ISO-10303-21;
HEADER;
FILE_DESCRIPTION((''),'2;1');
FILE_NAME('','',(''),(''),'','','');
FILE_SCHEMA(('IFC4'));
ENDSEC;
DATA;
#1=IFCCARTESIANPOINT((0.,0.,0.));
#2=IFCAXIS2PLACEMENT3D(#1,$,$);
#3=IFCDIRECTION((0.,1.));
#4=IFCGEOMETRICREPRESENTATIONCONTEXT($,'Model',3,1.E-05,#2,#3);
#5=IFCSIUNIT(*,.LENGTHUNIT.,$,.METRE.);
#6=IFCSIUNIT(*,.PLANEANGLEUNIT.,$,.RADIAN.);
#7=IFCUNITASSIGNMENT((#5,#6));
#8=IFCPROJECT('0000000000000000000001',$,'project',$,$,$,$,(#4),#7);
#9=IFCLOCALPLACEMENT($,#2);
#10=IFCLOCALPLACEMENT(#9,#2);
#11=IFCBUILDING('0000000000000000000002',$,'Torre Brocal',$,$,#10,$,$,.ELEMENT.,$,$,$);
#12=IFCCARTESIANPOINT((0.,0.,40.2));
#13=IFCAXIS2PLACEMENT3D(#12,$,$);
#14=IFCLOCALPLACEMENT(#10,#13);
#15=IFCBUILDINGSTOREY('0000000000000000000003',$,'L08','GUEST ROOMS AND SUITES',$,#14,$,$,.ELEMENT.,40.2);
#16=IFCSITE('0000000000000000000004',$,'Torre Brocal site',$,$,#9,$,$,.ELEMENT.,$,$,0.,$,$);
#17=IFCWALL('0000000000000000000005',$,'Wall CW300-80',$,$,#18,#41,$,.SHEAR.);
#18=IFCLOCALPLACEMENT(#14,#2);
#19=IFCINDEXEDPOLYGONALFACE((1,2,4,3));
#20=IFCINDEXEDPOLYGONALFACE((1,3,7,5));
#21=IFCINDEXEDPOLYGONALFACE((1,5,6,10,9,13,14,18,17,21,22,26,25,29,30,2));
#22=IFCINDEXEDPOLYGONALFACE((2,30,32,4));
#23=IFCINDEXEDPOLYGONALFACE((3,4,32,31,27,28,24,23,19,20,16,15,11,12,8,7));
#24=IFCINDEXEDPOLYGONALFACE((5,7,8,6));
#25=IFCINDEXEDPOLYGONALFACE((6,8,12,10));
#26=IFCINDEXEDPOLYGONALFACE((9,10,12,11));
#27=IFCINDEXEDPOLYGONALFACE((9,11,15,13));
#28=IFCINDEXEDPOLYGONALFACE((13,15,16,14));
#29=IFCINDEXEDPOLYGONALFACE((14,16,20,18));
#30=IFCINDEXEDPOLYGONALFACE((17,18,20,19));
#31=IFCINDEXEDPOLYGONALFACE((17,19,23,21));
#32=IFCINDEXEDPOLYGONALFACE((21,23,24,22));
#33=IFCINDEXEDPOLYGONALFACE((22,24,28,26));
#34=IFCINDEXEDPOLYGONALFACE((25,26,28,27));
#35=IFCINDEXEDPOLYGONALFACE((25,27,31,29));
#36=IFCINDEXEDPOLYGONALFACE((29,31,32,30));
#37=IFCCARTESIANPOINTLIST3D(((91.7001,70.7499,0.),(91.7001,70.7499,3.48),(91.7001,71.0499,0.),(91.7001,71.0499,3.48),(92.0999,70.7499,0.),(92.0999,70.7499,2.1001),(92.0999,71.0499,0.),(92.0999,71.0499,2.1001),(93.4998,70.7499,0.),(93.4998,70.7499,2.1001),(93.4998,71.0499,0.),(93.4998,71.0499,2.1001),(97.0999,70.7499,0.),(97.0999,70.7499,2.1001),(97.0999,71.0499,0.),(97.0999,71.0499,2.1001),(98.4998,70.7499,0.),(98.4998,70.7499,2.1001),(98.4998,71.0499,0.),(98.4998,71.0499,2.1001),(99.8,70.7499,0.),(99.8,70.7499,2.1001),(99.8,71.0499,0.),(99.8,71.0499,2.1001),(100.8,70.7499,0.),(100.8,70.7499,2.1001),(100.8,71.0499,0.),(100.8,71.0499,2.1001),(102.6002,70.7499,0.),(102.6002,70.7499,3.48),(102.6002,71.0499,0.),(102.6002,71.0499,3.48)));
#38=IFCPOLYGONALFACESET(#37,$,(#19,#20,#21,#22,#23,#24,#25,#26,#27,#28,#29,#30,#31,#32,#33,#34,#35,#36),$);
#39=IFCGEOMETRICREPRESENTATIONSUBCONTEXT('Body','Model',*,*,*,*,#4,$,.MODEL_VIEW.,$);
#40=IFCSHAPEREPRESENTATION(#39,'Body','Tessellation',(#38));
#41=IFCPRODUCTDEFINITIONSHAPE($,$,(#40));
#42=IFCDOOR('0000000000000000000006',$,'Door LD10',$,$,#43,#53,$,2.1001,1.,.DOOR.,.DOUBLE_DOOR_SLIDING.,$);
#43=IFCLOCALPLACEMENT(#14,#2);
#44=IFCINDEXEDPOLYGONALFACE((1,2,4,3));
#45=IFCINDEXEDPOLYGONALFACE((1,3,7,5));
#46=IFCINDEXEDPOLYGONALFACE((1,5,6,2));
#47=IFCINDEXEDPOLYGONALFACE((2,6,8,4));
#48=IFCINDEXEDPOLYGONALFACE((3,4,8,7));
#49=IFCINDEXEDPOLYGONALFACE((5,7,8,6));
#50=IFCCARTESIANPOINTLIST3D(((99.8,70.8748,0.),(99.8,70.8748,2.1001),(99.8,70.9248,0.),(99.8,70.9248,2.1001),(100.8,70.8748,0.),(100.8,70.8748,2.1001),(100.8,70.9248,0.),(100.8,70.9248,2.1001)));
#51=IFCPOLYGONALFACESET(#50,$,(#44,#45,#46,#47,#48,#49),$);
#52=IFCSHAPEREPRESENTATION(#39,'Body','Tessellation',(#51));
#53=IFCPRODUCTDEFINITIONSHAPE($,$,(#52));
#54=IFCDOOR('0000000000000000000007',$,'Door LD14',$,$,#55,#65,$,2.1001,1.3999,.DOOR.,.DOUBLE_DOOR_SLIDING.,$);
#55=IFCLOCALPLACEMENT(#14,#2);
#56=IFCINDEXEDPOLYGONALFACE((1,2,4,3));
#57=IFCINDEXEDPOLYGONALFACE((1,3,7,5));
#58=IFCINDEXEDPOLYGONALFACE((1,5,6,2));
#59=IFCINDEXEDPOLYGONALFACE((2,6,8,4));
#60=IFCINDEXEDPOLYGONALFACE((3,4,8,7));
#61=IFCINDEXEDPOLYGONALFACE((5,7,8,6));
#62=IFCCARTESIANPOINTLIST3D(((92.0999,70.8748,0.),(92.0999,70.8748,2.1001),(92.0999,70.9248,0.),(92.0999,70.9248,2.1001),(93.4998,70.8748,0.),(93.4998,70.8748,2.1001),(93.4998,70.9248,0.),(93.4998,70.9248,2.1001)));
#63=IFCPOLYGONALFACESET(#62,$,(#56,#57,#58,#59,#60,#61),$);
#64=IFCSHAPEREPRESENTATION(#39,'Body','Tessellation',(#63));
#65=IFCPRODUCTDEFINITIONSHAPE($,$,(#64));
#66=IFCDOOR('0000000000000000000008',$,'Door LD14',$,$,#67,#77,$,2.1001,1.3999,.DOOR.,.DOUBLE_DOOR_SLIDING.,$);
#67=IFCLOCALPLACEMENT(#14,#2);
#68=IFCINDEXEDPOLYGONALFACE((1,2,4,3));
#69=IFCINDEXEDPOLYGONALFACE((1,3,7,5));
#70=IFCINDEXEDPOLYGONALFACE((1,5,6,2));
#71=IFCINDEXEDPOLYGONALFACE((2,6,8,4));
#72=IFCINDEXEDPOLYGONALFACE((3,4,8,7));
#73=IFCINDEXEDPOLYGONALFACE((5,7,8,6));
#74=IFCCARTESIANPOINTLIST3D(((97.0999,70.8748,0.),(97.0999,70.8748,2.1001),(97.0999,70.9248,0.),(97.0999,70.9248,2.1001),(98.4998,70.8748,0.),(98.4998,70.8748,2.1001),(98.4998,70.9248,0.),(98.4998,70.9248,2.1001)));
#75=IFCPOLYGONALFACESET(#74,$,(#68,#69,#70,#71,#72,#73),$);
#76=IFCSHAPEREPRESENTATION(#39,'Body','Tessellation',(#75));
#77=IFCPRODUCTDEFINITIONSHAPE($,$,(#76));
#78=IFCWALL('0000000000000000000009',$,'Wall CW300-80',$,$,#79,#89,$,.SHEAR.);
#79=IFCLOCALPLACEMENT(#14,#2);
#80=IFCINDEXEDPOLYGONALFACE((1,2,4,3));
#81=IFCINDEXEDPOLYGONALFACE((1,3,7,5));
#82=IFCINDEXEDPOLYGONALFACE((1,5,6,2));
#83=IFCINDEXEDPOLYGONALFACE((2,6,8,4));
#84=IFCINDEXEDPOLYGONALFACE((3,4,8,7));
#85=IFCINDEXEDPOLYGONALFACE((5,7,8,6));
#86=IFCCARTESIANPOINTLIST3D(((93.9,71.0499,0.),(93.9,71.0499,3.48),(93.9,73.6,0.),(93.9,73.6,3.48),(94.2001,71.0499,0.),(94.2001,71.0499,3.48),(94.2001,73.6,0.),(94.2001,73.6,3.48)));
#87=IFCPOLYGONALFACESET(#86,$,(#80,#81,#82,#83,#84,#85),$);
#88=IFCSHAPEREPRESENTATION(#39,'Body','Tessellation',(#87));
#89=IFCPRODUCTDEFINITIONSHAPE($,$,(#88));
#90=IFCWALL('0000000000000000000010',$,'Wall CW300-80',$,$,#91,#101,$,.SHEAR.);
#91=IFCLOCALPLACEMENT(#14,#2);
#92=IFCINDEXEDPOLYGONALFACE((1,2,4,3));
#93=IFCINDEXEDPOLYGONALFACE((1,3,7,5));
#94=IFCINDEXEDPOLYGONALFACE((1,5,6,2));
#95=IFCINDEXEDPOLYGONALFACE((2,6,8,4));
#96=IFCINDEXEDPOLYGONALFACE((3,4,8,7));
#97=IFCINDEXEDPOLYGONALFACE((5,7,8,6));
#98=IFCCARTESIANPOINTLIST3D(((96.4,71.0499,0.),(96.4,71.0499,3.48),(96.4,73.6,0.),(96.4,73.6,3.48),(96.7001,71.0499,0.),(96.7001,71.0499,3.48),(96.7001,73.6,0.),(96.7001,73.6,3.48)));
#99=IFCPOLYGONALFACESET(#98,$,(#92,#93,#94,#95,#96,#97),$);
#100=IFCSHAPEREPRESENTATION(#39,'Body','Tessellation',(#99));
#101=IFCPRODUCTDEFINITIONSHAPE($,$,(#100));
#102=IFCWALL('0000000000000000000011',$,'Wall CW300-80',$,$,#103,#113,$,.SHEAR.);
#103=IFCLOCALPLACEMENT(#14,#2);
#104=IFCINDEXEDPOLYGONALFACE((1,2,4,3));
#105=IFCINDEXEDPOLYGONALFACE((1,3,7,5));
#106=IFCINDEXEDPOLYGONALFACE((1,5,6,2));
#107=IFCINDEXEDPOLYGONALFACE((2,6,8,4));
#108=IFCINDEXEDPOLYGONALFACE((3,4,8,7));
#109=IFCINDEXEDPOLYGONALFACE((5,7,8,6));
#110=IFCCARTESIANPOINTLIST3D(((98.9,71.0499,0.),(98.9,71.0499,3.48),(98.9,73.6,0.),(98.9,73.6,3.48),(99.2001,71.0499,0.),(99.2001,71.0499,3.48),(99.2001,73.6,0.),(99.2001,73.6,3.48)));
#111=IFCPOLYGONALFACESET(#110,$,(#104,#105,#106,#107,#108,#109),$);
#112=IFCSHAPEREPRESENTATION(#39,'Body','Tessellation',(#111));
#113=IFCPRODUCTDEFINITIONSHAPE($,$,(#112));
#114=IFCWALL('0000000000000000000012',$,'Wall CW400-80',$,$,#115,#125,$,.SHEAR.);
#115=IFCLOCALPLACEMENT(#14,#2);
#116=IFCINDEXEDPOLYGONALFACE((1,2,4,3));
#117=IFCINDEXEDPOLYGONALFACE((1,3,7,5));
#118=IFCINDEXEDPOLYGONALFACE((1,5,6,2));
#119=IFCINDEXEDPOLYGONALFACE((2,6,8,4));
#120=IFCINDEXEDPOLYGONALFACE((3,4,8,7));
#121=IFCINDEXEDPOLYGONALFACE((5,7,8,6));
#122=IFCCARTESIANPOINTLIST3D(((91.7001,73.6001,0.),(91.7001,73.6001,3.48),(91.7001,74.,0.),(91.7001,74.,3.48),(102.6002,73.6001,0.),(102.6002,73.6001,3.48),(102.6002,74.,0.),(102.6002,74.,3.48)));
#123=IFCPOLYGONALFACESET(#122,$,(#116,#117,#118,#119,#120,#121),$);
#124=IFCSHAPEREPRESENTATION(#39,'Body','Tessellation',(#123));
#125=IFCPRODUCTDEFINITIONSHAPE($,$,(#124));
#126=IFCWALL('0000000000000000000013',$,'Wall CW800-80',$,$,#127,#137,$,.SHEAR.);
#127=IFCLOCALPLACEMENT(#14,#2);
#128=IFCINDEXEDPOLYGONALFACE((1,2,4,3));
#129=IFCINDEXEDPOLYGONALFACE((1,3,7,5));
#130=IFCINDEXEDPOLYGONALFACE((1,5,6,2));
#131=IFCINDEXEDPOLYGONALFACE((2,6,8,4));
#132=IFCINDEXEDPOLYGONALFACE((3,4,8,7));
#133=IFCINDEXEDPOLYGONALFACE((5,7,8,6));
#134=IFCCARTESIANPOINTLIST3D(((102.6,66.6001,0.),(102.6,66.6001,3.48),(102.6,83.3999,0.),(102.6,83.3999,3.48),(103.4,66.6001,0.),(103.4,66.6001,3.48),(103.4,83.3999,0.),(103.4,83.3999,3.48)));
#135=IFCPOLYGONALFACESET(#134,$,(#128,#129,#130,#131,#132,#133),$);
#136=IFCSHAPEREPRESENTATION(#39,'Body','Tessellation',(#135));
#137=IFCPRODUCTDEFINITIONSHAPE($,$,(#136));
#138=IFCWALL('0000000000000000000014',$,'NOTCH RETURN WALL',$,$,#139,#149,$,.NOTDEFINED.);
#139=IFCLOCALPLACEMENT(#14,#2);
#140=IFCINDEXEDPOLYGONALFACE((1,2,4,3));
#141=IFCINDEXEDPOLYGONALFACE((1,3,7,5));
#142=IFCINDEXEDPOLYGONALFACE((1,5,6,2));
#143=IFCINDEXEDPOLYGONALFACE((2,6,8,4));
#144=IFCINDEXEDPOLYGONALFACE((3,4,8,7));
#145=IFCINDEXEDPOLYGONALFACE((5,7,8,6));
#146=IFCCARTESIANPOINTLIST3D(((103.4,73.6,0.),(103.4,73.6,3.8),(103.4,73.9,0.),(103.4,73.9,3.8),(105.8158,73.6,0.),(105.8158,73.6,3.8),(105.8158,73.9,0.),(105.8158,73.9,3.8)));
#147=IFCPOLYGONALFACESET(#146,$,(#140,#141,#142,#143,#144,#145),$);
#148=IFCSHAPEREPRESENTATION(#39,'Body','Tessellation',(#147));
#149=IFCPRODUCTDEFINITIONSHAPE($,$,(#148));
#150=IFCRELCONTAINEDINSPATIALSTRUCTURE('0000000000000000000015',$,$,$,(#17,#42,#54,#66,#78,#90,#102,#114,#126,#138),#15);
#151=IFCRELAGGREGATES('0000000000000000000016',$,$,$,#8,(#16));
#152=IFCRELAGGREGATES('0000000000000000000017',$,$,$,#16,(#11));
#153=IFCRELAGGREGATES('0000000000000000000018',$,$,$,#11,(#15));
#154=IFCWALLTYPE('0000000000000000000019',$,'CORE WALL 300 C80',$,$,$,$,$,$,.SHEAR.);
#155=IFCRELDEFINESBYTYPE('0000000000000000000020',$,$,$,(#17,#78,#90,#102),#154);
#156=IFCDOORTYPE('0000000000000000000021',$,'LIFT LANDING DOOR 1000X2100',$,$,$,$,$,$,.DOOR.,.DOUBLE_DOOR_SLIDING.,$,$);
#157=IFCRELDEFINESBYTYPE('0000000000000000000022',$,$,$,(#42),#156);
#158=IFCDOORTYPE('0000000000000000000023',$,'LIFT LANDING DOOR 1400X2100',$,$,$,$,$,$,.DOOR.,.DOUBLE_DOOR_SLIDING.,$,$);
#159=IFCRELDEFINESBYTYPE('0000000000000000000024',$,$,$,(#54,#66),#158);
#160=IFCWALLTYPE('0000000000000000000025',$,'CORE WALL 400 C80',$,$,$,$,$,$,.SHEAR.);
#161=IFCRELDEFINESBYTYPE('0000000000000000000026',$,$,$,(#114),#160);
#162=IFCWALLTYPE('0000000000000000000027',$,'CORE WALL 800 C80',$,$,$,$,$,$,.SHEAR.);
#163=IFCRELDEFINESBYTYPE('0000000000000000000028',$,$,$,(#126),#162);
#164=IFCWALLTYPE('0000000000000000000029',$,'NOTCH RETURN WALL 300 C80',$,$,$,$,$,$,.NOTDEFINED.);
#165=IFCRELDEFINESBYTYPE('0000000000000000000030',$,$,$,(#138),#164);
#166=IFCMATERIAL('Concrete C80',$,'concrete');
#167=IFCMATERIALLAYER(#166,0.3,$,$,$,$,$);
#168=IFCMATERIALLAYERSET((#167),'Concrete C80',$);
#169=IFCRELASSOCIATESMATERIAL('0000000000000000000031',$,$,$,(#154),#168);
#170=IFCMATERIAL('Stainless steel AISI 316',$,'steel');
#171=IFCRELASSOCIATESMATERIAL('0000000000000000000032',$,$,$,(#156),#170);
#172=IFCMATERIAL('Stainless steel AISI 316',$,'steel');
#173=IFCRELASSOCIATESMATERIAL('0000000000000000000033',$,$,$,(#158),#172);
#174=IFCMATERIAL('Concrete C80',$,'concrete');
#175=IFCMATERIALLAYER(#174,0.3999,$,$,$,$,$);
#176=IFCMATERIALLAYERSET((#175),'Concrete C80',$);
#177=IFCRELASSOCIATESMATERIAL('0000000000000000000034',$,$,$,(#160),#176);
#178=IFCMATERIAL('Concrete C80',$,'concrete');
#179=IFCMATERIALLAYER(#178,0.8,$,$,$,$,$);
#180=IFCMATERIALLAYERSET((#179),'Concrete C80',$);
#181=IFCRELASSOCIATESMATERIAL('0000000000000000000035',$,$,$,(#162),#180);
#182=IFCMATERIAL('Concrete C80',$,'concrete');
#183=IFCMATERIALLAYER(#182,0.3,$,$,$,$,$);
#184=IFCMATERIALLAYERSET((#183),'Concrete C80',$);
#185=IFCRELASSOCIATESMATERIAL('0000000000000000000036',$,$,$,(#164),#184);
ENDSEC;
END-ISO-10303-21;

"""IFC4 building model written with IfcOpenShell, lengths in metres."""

from ifc_helpers import new_model, si_unit, direction, frame, frame_2d, origin, place, context, subcontext, project, spatial, rectangle, extrude, material, layer, layer_set, type_object, element, fill, save


model = new_model("IFC4")

# Units and contexts
model_context = context("Model", 3, precision=1e-05, world=origin(), true_north=direction((0.0, 1.0)))
body_context = subcontext(model_context, "Body", "Model", "MODEL_VIEW")
ifc_project = project(units=[si_unit("LENGTHUNIT", "METRE"), si_unit("PLANEANGLEUNIT", "RADIAN")], contexts=[model_context])

# Site, building, storey
site_placement = place(None, origin())
site = spatial("IfcSite", under=ifc_project, at=site_placement, Name="Torre Brocal site", CompositionType="ELEMENT", RefElevation=0.0)
building_placement = place(site_placement, origin())
building = spatial("IfcBuilding", under=site, at=building_placement, Name="Torre Brocal", CompositionType="ELEMENT")
storey_placement = place(building_placement, frame((0.0, 0.0, 40.2)))
storey = spatial("IfcBuildingStorey", under=building, at=storey_placement, Name="L08", Description="GUEST ROOMS AND SUITES", CompositionType="ELEMENT", Elevation=40.2)

# Shared definitions
ifc_material_1 = material(Name="Concrete C80", Category="concrete")
ifc_layer_1 = layer(ifc_material_1, 0.3)
ifc_layer_set_1 = layer_set([ifc_layer_1], Name="Concrete C80")
wall_type_1 = type_object("IfcWallType", Name="CORE WALL 300 C80", PredefinedType="SHEAR", material=ifc_layer_set_1)

# Wall, openings, doors
wall_1_placement = place(storey_placement, frame((91.7, 70.8999, 0.0), z_axis=(0.0, 0.0, 1.0), x_axis=(1.0, 0.0, 0.0)))
wall_1 = element("IfcWall", 1, at=wall_1_placement, inside=storey, type_object=wall_type_1, Name="Wall CW300-80", PredefinedType="SHEAR", context=body_context, shape_type="SweptSolid", body=[
    extrude(rectangle(XDim=10.9001, YDim=0.3, at=frame_2d((5.4502, 0.0))), origin(), (0.0, 0.0, 1.0), 3.48),
])
opening_1_placement = place(wall_1_placement, frame((0.3999, 0.0, 0.0)))
opening_1 = element("IfcOpeningElement", 2, at=opening_1_placement, cuts=wall_1, PredefinedType="OPENING", context=body_context, shape_type="SweptSolid", body=[
    extrude(rectangle(XDim=1.3999, YDim=2.1001, at=frame_2d((0.7, 1.05))), frame((0.0, 0.1599, 0.0), z_axis=(0.0, -1.0, 0.0), x_axis=(1.0, 0.0, 0.0)), (0.0, 0.0, 1.0), 0.3201),
])
opening_2_placement = place(wall_1_placement, frame((5.3999, 0.0, 0.0)))
opening_2 = element("IfcOpeningElement", 3, at=opening_2_placement, cuts=wall_1, PredefinedType="OPENING", context=body_context, shape_type="SweptSolid", body=[
    extrude(rectangle(XDim=1.3999, YDim=2.1001, at=frame_2d((0.7, 1.05))), frame((0.0, 0.1599, 0.0), z_axis=(0.0, -1.0, 0.0), x_axis=(1.0, 0.0, 0.0)), (0.0, 0.0, 1.0), 0.3201),
])
opening_3_placement = place(wall_1_placement, frame((8.1001, 0.0, 0.0)))
opening_3 = element("IfcOpeningElement", 4, at=opening_3_placement, cuts=wall_1, PredefinedType="OPENING", context=body_context, shape_type="SweptSolid", body=[
    extrude(rectangle(XDim=1.0, YDim=2.1001, at=frame_2d((0.5, 1.05))), frame((0.0, 0.1599, 0.0), z_axis=(0.0, -1.0, 0.0), x_axis=(1.0, 0.0, 0.0)), (0.0, 0.0, 1.0), 0.3201),
])
ifc_material_2 = material(Name="Stainless steel AISI 316", Category="steel")
door_type_1 = type_object("IfcDoorType", Name="LIFT LANDING DOOR 1000X2100", OperationType="DOUBLE_DOOR_SLIDING", PredefinedType="DOOR", material=ifc_material_2)
door_1_placement = place(opening_3_placement, origin())
door_1 = element("IfcDoor", 5, at=door_1_placement, inside=storey, type_object=door_type_1, Name="Door LD10", OperationType="DOUBLE_DOOR_SLIDING", OverallHeight=2.1001, OverallWidth=1.0, PredefinedType="DOOR", context=body_context, shape_type="SweptSolid", body=[
    extrude(rectangle(XDim=1.0, YDim=2.1001, at=frame_2d((0.5, 1.05))), frame((0.0, 0.0249, 0.0), z_axis=(0.0, -1.0, 0.0), x_axis=(1.0, 0.0, 0.0)), (0.0, 0.0, 1.0), 0.05),
])
fill(opening_3, door_1)
ifc_material_3 = material(Name="Stainless steel AISI 316", Category="steel")
door_type_2 = type_object("IfcDoorType", Name="LIFT LANDING DOOR 1400X2100", OperationType="DOUBLE_DOOR_SLIDING", PredefinedType="DOOR", material=ifc_material_3)
door_2_placement = place(opening_1_placement, origin())
door_2 = element("IfcDoor", 6, at=door_2_placement, inside=storey, type_object=door_type_2, Name="Door LD14", OperationType="DOUBLE_DOOR_SLIDING", OverallHeight=2.1001, OverallWidth=1.3999, PredefinedType="DOOR", context=body_context, shape_type="SweptSolid", body=[
    extrude(rectangle(XDim=1.3999, YDim=2.1001, at=frame_2d((0.7, 1.05))), frame((0.0, 0.0249, 0.0), z_axis=(0.0, -1.0, 0.0), x_axis=(1.0, 0.0, 0.0)), (0.0, 0.0, 1.0), 0.05),
])
fill(opening_1, door_2)
door_3_placement = place(opening_2_placement, origin())
door_3 = element("IfcDoor", 7, at=door_3_placement, inside=storey, type_object=door_type_2, Name="Door LD14", OperationType="DOUBLE_DOOR_SLIDING", OverallHeight=2.1001, OverallWidth=1.3999, PredefinedType="DOOR", context=body_context, shape_type="SweptSolid", body=[
    extrude(rectangle(XDim=1.3999, YDim=2.1001, at=frame_2d((0.7, 1.05))), frame((0.0, 0.0249, 0.0), z_axis=(0.0, -1.0, 0.0), x_axis=(1.0, 0.0, 0.0)), (0.0, 0.0, 1.0), 0.05),
])
fill(opening_2, door_3)

# Walls
for number, where, z_axis, x_axis, name in (
    (8, (94.05, 71.05, 0.0), (0.0, 0.0, 1.0), (0.0, 1.0, 0.0), "Wall CW300-80"),
    (9, (96.55, 71.05, 0.0), (0.0, 0.0, 1.0), (0.0, 1.0, 0.0), "Wall CW300-80"),
    (10, (99.05, 71.05, 0.0), (0.0, 0.0, 1.0), (0.0, 1.0, 0.0), "Wall CW300-80"),
):
    element("IfcWall", number, at=place(storey_placement, frame(where, z_axis=z_axis, x_axis=x_axis)), inside=storey, type_object=wall_type_1, Name=name, PredefinedType="SHEAR", context=body_context, shape_type="SweptSolid", body=[
        extrude(rectangle(XDim=2.55, YDim=0.3, at=frame_2d((1.2749, 0.0))), origin(), (0.0, 0.0, 1.0), 3.48),
    ])
ifc_material_4 = material(Name="Concrete C80", Category="concrete")
ifc_layer_2 = layer(ifc_material_4, 0.3999)
ifc_layer_set_2 = layer_set([ifc_layer_2], Name="Concrete C80")
wall_type_2 = type_object("IfcWallType", Name="CORE WALL 400 C80", PredefinedType="SHEAR", material=ifc_layer_set_2)
wall_2_placement = place(storey_placement, frame((91.7, 73.8, 0.0), z_axis=(0.0, 0.0, 1.0), x_axis=(1.0, 0.0, 0.0)))
element("IfcWall", 11, at=wall_2_placement, inside=storey, type_object=wall_type_2, Name="Wall CW400-80", PredefinedType="SHEAR", context=body_context, shape_type="SweptSolid", body=[
    extrude(rectangle(XDim=10.9001, YDim=0.3999, at=frame_2d((5.4502, 0.0))), origin(), (0.0, 0.0, 1.0), 3.48),
])
ifc_material_5 = material(Name="Concrete C80", Category="concrete")
ifc_layer_3 = layer(ifc_material_5, 0.8)
ifc_layer_set_3 = layer_set([ifc_layer_3], Name="Concrete C80")
wall_type_3 = type_object("IfcWallType", Name="CORE WALL 800 C80", PredefinedType="SHEAR", material=ifc_layer_set_3)
wall_3_placement = place(storey_placement, frame((103.0, 66.6001, 0.0), z_axis=(0.0, 0.0, 1.0), x_axis=(0.0, 1.0, 0.0)))
element("IfcWall", 12, at=wall_3_placement, inside=storey, type_object=wall_type_3, Name="Wall CW800-80", PredefinedType="SHEAR", context=body_context, shape_type="SweptSolid", body=[
    extrude(rectangle(XDim=16.7998, YDim=0.8, at=frame_2d((8.3999, 0.0))), origin(), (0.0, 0.0, 1.0), 3.48),
])
ifc_material_6 = material(Name="Concrete C80", Category="concrete")
ifc_layer_4 = layer(ifc_material_6, 0.3)
ifc_layer_set_4 = layer_set([ifc_layer_4], Name="Concrete C80")
wall_type_4 = type_object("IfcWallType", Name="NOTCH RETURN WALL 300 C80", PredefinedType="NOTDEFINED", material=ifc_layer_set_4)
wall_4_placement = place(storey_placement, frame((103.3999, 73.75, 0.0), z_axis=(0.0, 0.0, 1.0), x_axis=(1.0, 0.0, 0.0)))
element("IfcWall", 13, at=wall_4_placement, inside=storey, type_object=wall_type_4, Name="NOTCH RETURN WALL", PredefinedType="NOTDEFINED", context=body_context, shape_type="SweptSolid", body=[
    extrude(rectangle(XDim=2.4158, YDim=0.3, at=frame_2d((1.208, 0.0))), origin(), (0.0, 0.0, 1.0), 3.8),
])

save(model, "model.ifc")
